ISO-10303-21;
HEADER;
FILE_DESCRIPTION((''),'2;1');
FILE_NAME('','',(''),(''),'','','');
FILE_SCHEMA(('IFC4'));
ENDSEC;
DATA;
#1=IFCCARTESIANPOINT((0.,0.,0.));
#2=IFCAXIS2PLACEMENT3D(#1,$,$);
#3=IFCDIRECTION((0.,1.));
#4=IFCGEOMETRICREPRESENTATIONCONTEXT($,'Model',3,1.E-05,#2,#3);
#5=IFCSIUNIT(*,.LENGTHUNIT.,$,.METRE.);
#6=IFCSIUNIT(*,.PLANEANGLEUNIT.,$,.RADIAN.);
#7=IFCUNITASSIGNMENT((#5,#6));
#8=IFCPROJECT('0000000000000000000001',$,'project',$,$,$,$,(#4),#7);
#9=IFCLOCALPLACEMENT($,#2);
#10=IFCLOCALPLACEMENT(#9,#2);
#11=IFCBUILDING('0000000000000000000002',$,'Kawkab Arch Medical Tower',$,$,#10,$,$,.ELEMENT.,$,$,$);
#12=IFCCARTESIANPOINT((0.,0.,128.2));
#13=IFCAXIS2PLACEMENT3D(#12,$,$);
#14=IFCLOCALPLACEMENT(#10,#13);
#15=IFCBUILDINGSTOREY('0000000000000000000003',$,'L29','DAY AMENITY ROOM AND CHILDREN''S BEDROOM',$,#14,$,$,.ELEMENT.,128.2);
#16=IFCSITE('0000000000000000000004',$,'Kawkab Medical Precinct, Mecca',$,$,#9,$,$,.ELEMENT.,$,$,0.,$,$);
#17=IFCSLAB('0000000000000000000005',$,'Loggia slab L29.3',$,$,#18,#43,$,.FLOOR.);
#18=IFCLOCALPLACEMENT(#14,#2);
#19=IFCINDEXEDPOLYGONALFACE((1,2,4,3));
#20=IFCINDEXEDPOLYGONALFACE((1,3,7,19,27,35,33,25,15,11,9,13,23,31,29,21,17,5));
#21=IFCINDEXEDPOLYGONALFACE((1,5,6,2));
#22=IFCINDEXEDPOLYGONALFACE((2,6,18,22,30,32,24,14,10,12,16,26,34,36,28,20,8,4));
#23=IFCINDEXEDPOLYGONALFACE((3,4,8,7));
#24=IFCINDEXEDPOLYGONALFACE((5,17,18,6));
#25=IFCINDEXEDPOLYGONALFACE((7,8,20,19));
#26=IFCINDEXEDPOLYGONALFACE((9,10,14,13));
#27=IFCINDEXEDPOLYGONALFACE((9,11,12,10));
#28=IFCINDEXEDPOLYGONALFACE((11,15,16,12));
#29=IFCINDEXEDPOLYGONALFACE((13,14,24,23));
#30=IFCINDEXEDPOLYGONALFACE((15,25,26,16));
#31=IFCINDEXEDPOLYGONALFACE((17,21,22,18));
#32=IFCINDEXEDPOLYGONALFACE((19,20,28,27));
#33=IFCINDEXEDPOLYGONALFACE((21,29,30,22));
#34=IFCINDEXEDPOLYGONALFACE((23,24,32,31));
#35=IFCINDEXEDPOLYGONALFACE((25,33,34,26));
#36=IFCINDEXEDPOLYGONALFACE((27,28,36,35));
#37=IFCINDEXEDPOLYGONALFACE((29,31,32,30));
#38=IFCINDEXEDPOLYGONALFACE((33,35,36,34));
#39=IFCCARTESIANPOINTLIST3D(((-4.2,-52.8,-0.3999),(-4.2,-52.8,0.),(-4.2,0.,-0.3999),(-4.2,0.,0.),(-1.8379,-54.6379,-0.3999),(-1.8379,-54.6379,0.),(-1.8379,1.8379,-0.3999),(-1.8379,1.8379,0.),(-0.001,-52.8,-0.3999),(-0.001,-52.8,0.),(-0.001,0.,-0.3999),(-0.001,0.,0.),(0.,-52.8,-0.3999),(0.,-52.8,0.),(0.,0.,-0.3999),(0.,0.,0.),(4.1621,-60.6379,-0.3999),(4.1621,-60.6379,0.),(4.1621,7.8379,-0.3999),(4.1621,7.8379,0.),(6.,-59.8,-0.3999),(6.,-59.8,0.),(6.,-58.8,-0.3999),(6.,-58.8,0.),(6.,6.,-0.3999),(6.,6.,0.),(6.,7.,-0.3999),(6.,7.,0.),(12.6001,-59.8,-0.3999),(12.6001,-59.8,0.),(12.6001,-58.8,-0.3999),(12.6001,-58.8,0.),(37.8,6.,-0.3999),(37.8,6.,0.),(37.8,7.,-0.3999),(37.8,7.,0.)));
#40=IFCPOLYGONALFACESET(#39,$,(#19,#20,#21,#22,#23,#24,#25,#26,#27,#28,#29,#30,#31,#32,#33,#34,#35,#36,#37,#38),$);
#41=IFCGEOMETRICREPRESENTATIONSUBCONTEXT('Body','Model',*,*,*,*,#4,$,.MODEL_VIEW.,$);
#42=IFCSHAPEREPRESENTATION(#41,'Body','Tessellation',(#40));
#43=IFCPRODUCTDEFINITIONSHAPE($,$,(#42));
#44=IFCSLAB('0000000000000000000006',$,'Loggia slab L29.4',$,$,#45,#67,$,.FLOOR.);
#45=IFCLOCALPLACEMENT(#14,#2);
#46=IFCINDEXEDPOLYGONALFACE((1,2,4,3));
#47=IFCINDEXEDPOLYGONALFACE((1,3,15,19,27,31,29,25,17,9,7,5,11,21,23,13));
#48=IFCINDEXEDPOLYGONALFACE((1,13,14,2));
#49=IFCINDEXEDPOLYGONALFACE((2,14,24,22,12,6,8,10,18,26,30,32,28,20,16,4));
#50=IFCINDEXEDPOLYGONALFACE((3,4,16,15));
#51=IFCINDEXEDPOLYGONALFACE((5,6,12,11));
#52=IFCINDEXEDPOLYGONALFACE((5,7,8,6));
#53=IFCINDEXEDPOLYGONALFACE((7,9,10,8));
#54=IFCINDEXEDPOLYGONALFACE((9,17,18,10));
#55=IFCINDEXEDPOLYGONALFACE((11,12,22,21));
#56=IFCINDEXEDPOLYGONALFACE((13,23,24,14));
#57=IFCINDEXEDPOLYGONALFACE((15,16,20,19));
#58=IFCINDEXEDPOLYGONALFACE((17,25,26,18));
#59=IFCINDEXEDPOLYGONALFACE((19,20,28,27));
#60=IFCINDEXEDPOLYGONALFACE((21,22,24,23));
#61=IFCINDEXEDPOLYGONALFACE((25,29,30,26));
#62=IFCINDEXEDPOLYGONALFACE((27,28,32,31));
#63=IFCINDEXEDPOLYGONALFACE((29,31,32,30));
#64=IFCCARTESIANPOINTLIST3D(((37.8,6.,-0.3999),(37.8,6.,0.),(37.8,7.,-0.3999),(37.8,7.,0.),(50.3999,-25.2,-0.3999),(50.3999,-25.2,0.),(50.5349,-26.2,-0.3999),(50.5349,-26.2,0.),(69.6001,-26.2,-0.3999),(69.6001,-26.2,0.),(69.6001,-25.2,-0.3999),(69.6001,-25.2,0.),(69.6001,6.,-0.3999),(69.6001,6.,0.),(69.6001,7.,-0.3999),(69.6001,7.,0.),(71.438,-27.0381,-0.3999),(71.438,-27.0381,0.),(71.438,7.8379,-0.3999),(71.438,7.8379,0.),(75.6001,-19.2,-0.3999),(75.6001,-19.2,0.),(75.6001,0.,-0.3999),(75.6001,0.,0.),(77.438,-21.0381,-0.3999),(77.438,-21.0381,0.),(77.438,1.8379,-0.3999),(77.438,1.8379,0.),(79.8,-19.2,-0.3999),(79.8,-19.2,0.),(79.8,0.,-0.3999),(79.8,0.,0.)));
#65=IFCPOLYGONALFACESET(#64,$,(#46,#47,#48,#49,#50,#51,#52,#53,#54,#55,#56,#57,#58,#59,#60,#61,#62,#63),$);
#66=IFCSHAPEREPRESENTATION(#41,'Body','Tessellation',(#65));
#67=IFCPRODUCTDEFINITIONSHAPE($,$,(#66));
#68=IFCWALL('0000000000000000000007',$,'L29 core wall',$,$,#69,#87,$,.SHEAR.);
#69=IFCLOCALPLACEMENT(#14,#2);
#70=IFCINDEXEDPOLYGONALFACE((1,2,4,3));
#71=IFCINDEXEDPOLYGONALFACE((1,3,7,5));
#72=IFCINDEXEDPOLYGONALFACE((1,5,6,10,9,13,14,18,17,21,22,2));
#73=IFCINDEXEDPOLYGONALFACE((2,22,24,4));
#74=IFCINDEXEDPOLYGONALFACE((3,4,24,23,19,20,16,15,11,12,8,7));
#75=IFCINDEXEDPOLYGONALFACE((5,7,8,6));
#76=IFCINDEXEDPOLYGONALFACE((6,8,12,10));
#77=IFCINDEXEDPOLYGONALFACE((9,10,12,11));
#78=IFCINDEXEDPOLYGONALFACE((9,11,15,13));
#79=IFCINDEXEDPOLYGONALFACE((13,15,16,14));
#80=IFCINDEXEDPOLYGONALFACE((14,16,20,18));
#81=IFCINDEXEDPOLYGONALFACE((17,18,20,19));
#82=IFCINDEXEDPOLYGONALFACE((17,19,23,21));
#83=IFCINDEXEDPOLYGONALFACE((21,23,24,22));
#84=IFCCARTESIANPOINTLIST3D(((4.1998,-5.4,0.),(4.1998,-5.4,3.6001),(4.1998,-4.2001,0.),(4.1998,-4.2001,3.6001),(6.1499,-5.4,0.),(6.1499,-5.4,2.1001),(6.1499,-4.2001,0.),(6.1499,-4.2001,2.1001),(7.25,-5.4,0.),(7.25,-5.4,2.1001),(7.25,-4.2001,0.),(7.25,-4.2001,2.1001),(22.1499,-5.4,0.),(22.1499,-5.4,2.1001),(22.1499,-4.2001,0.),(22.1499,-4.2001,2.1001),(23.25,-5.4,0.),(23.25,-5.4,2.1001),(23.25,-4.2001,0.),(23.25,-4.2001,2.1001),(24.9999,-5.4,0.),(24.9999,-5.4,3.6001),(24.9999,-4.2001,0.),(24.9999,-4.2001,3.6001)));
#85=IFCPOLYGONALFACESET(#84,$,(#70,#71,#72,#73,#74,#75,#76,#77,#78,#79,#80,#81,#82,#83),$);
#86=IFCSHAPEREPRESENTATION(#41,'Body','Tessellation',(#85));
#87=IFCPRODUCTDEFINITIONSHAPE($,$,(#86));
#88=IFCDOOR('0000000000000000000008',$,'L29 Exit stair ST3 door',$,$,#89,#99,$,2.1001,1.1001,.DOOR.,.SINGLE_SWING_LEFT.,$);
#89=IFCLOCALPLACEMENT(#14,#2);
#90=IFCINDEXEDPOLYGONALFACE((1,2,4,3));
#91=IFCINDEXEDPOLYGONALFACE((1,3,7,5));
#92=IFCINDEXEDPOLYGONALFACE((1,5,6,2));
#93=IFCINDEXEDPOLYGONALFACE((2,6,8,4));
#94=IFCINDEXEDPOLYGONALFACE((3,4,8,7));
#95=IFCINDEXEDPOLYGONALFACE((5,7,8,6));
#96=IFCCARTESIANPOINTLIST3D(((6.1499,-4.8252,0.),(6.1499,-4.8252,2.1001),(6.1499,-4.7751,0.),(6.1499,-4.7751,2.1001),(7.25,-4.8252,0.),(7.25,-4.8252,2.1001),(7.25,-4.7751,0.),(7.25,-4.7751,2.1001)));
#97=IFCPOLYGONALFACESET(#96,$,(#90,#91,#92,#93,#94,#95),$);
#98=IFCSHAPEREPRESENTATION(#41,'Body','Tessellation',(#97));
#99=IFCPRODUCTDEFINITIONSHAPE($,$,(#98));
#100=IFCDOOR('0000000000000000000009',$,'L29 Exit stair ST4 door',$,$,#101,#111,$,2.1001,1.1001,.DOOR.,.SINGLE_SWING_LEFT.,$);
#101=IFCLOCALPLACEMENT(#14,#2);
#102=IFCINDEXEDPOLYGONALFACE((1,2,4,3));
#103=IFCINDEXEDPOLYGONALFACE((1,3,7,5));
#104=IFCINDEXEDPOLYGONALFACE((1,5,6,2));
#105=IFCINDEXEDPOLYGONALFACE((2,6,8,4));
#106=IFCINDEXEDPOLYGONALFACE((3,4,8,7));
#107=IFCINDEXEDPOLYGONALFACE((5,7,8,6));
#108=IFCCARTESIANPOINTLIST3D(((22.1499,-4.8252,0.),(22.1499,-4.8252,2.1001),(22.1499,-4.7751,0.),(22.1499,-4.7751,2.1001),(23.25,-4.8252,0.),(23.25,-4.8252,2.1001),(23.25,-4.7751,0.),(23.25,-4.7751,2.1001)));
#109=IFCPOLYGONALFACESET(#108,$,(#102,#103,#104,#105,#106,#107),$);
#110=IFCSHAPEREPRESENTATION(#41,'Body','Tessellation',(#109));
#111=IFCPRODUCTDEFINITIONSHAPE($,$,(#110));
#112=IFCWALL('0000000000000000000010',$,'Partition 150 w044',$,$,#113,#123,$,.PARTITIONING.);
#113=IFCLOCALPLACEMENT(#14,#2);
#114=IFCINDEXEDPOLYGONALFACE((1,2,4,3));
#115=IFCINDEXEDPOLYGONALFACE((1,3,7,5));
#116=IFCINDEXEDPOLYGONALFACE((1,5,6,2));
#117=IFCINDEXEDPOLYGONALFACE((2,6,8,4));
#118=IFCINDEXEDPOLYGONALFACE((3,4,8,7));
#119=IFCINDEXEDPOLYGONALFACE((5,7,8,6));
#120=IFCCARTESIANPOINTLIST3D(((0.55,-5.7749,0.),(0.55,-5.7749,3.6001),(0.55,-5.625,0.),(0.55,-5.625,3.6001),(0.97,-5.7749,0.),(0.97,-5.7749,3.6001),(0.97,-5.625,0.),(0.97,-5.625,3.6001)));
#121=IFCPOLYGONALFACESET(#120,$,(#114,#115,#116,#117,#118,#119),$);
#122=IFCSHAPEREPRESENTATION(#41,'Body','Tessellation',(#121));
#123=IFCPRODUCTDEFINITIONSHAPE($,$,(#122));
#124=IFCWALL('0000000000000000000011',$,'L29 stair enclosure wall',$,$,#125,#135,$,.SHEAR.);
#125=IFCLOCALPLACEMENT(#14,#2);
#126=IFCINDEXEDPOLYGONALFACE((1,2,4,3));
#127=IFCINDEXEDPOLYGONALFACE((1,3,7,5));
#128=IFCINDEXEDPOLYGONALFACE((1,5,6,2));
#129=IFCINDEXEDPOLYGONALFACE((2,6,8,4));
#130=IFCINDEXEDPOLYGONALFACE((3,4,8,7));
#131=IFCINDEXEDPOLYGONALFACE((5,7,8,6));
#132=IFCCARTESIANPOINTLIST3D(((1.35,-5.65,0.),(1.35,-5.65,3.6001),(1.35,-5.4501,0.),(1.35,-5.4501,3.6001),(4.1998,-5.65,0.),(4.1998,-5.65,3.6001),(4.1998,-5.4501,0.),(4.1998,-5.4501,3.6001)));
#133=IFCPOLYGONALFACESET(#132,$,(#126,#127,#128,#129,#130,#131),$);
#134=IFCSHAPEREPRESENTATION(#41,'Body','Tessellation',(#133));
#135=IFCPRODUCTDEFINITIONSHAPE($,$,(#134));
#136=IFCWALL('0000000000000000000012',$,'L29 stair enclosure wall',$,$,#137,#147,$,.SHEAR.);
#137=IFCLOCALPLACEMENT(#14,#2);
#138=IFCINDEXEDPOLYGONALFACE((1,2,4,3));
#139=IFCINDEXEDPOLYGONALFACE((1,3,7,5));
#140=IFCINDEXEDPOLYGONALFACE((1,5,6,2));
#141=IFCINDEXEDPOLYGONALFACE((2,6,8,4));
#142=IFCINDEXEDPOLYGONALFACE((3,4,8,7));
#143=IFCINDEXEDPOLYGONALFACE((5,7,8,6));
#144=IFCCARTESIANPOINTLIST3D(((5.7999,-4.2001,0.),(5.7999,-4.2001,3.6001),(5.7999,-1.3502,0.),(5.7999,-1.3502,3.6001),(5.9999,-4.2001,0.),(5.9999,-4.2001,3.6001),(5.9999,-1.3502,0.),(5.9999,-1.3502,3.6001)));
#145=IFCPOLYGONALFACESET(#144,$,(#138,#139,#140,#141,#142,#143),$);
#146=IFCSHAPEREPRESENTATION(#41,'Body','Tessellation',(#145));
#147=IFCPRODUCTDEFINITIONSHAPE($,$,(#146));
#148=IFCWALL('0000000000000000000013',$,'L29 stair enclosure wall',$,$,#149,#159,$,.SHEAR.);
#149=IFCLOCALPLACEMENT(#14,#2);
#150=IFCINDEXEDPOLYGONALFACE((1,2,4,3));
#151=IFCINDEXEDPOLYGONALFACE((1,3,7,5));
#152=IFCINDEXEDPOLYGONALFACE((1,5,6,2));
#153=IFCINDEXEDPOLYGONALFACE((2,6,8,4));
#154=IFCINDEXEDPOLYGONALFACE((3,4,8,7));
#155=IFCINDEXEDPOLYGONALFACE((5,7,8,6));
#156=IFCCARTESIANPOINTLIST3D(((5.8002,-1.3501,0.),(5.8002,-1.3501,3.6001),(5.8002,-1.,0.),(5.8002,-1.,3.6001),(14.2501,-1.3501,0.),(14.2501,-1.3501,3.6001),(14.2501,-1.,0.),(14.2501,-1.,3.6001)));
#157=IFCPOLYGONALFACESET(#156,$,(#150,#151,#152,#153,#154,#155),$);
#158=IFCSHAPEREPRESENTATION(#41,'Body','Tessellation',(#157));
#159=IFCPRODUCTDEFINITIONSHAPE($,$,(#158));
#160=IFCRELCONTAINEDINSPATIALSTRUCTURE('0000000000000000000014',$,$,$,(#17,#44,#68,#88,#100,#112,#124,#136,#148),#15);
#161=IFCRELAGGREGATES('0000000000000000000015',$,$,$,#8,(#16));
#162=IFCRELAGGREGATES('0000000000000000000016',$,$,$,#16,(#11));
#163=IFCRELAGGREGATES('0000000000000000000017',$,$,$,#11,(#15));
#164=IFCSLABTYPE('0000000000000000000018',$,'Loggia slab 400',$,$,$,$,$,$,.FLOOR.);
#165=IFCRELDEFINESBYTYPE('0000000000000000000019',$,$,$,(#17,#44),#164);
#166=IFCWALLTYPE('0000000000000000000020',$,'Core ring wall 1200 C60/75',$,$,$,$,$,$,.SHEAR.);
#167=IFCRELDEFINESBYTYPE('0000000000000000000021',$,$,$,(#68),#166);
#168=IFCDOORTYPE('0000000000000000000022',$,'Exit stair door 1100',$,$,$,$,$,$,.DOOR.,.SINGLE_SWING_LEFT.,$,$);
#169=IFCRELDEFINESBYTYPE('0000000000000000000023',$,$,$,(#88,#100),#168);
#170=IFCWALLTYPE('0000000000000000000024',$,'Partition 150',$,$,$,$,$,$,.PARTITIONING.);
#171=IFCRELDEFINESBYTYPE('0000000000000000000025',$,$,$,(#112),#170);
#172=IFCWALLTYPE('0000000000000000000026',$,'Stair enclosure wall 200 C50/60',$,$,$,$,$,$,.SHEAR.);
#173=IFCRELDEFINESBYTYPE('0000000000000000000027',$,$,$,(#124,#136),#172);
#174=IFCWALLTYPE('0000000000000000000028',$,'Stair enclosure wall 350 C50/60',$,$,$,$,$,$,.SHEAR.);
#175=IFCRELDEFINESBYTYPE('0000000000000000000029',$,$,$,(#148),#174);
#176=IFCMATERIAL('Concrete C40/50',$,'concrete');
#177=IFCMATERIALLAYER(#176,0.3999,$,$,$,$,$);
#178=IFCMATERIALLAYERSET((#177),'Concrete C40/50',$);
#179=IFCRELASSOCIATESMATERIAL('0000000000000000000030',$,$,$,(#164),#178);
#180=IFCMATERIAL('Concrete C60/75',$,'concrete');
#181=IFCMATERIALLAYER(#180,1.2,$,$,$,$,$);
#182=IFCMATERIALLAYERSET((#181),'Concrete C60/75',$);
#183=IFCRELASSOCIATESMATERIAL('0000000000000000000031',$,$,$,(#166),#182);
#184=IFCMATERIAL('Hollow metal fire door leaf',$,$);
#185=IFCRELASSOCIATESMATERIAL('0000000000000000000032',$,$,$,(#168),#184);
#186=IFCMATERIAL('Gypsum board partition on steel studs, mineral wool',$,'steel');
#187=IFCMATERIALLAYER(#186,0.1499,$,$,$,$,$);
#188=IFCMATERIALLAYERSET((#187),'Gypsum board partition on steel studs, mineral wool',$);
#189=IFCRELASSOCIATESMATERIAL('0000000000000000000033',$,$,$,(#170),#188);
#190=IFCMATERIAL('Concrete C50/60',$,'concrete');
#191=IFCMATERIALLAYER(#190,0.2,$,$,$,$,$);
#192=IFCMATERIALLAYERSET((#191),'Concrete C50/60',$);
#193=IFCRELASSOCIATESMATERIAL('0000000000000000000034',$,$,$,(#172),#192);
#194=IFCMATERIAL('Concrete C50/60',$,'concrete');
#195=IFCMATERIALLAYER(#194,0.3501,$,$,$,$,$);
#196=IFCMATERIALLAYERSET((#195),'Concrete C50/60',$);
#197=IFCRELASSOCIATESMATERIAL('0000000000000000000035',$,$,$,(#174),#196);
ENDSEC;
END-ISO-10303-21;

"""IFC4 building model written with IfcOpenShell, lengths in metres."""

from ifc_helpers import new_model, si_unit, direction, frame, frame_2d, origin, place, context, subcontext, project, spatial, polyline, rectangle, outline, extrude, material, layer, layer_set, type_object, element, fill, save


model = new_model("IFC4")

# Units and contexts
model_context = context("Model", 3, precision=1e-05, world=origin(), true_north=direction((0.0, 1.0)))
body_context = subcontext(model_context, "Body", "Model", "MODEL_VIEW")
ifc_project = project(units=[si_unit("LENGTHUNIT", "METRE"), si_unit("PLANEANGLEUNIT", "RADIAN")], contexts=[model_context])

# Site, building, storey
site_placement = place(None, origin())
site = spatial("IfcSite", under=ifc_project, at=site_placement, Name="Kawkab Medical Precinct, Mecca", CompositionType="ELEMENT", RefElevation=0.0)
building_placement = place(site_placement, origin())
building = spatial("IfcBuilding", under=site, at=building_placement, Name="Kawkab Arch Medical Tower", CompositionType="ELEMENT")
storey_placement = place(building_placement, frame((0.0, 0.0, 128.2)))
storey = spatial("IfcBuildingStorey", under=building, at=storey_placement, Name="L29", Description="DAY AMENITY ROOM AND CHILDREN'S BEDROOM", CompositionType="ELEMENT", Elevation=128.2)

# Slabs
ifc_material_1 = material(Name="Concrete C40/50", Category="concrete")
ifc_layer_1 = layer(ifc_material_1, 0.3999)
ifc_layer_set_1 = layer_set([ifc_layer_1], Name="Concrete C40/50")
slab_type_1 = type_object("IfcSlabType", Name="Loggia slab 400", PredefinedType="FLOOR", material=ifc_layer_set_1)
placement_1 = place(storey_placement, frame((0.0, 0.0, -0.3999)))
element("IfcSlab", 1, at=placement_1, inside=storey, type_object=slab_type_1, Name="Loggia slab L29.3", PredefinedType="FLOOR", context=body_context, shape_type="SweptSolid", body=[
    extrude(outline(polyline([(-4.2, 0.0), (-1.8379, 1.8379), (4.1621, 7.8379), (6.0, 7.0), (37.8, 7.0), (37.8, 6.0), (6.0, 6.0), (0.0, 0.0), (-0.001, 0.0), (-0.001, -52.8), (0.0, -52.8), (6.0, -58.8), (12.6001, -58.8), (12.6001, -59.8), (6.0, -59.8), (4.1621, -60.6379), (-1.8379, -54.6379), (-4.2, -52.8), (-4.2, 0.0)])), origin(), (0.0, 0.0, 1.0), 0.3999),
])
element("IfcSlab", 2, at=placement_1, inside=storey, type_object=slab_type_1, Name="Loggia slab L29.4", PredefinedType="FLOOR", context=body_context, shape_type="SweptSolid", body=[
    extrude(outline(polyline([(37.8, 7.0), (69.6001, 7.0), (71.438, 7.8379), (77.438, 1.8379), (79.8, 0.0), (79.8, -19.2), (77.438, -21.0381), (71.438, -27.0381), (69.6001, -26.2), (50.5349, -26.2), (50.3999, -25.2), (69.6001, -25.2), (75.6001, -19.2), (75.6001, 0.0), (69.6001, 6.0), (37.8, 6.0), (37.8, 7.0)])), origin(), (0.0, 0.0, 1.0), 0.3999),
])

# Wall, openings, doors
ifc_material_2 = material(Name="Concrete C60/75", Category="concrete")
ifc_layer_2 = layer(ifc_material_2, 1.2)
ifc_layer_set_2 = layer_set([ifc_layer_2], Name="Concrete C60/75")
wall_type_1 = type_object("IfcWallType", Name="Core ring wall 1200 C60/75", PredefinedType="SHEAR", material=ifc_layer_set_2)
wall_1_placement = place(storey_placement, frame((4.2, -4.8, 0.0), z_axis=(0.0, 0.0, 1.0), x_axis=(1.0, 0.0, 0.0)))
wall_1 = element("IfcWall", 3, at=wall_1_placement, inside=storey, type_object=wall_type_1, Name="L29 core wall", PredefinedType="SHEAR", context=body_context, shape_type="SweptSolid", body=[
    extrude(rectangle(XDim=20.8, YDim=1.2, at=frame_2d((10.3999, 0.0))), origin(), (0.0, 0.0, 1.0), 3.6001),
])
opening_1_placement = place(wall_1_placement, frame((1.95, 0.0, 0.0)))
opening_1 = element("IfcOpeningElement", 4, at=opening_1_placement, cuts=wall_1, PredefinedType="OPENING", context=body_context, shape_type="SweptSolid", body=[
    extrude(rectangle(XDim=1.1001, YDim=2.1001, at=frame_2d((0.55, 1.05))), frame((0.0, 0.6099, 0.0), z_axis=(0.0, -1.0, 0.0), x_axis=(1.0, 0.0, 0.0)), (0.0, 0.0, 1.0), 1.22),
])
opening_2_placement = place(wall_1_placement, frame((17.95, 0.0, 0.0)))
opening_2 = element("IfcOpeningElement", 5, at=opening_2_placement, cuts=wall_1, PredefinedType="OPENING", context=body_context, shape_type="SweptSolid", body=[
    extrude(rectangle(XDim=1.1001, YDim=2.1001, at=frame_2d((0.55, 1.05))), frame((0.0, 0.6099, 0.0), z_axis=(0.0, -1.0, 0.0), x_axis=(1.0, 0.0, 0.0)), (0.0, 0.0, 1.0), 1.22),
])
ifc_material_3 = material(Name="Hollow metal fire door leaf")
door_type = type_object("IfcDoorType", Name="Exit stair door 1100", OperationType="SINGLE_SWING_LEFT", PredefinedType="DOOR", material=ifc_material_3)
door_1_placement = place(opening_1_placement, origin())
door_1 = element("IfcDoor", 6, at=door_1_placement, inside=storey, type_object=door_type, Name="L29 Exit stair ST3 door", OperationType="SINGLE_SWING_LEFT", OverallHeight=2.1001, OverallWidth=1.1001, PredefinedType="DOOR", context=body_context, shape_type="SweptSolid", body=[
    extrude(rectangle(XDim=1.1001, YDim=2.1001, at=frame_2d((0.55, 1.05))), frame((0.0, 0.0249, 0.0), z_axis=(0.0, -1.0, 0.0), x_axis=(1.0, 0.0, 0.0)), (0.0, 0.0, 1.0), 0.05),
])
fill(opening_1, door_1)
door_2_placement = place(opening_2_placement, origin())
door_2 = element("IfcDoor", 7, at=door_2_placement, inside=storey, type_object=door_type, Name="L29 Exit stair ST4 door", OperationType="SINGLE_SWING_LEFT", OverallHeight=2.1001, OverallWidth=1.1001, PredefinedType="DOOR", context=body_context, shape_type="SweptSolid", body=[
    extrude(rectangle(XDim=1.1001, YDim=2.1001, at=frame_2d((0.55, 1.05))), frame((0.0, 0.0249, 0.0), z_axis=(0.0, -1.0, 0.0), x_axis=(1.0, 0.0, 0.0)), (0.0, 0.0, 1.0), 0.05),
])
fill(opening_2, door_2)

# Walls
ifc_material_4 = material(Name="Gypsum board partition on steel studs, mineral wool", Category="steel")
ifc_layer_3 = layer(ifc_material_4, 0.1499)
ifc_layer_set_3 = layer_set([ifc_layer_3], Name="Gypsum board partition on steel studs, mineral wool")
wall_type_2 = type_object("IfcWallType", Name="Partition 150", PredefinedType="PARTITIONING", material=ifc_layer_set_3)
wall_2_placement = place(storey_placement, frame((0.55, -5.7, 0.0), z_axis=(0.0, 0.0, 1.0), x_axis=(1.0, 0.0, 0.0)))
element("IfcWall", 8, at=wall_2_placement, inside=storey, type_object=wall_type_2, Name="Partition 150 w044", PredefinedType="PARTITIONING", context=body_context, shape_type="SweptSolid", body=[
    extrude(rectangle(XDim=0.4199, YDim=0.1499, at=frame_2d((0.21, 0.0))), origin(), (0.0, 0.0, 1.0), 3.6001),
])
ifc_material_5 = material(Name="Concrete C50/60", Category="concrete")
ifc_layer_4 = layer(ifc_material_5, 0.2)
ifc_layer_set_4 = layer_set([ifc_layer_4], Name="Concrete C50/60")
wall_type_3 = type_object("IfcWallType", Name="Stair enclosure wall 200 C50/60", PredefinedType="SHEAR", material=ifc_layer_set_4)
for number, where, z_axis, x_axis, name in (
    (9, (1.3501, -5.55, 0.0), (0.0, 0.0, 1.0), (1.0, 0.0, 0.0), "L29 stair enclosure wall"),
    (10, (5.8999, -4.2, 0.0), (0.0, 0.0, 1.0), (0.0, 1.0, 0.0), "L29 stair enclosure wall"),
):
    element("IfcWall", number, at=place(storey_placement, frame(where, z_axis=z_axis, x_axis=x_axis)), inside=storey, type_object=wall_type_3, Name=name, PredefinedType="SHEAR", context=body_context, shape_type="SweptSolid", body=[
        extrude(rectangle(XDim=2.8499, YDim=0.2, at=frame_2d((1.4248, 0.0))), origin(), (0.0, 0.0, 1.0), 3.6001),
    ])
ifc_material_6 = material(Name="Concrete C50/60", Category="concrete")
ifc_layer_5 = layer(ifc_material_6, 0.3501)
ifc_layer_set_5 = layer_set([ifc_layer_5], Name="Concrete C50/60")
wall_type_4 = type_object("IfcWallType", Name="Stair enclosure wall 350 C50/60", PredefinedType="SHEAR", material=ifc_layer_set_5)
wall_3_placement = place(storey_placement, frame((5.8, -1.175, 0.0), z_axis=(0.0, 0.0, 1.0), x_axis=(1.0, 0.0, 0.0)))
element("IfcWall", 11, at=wall_3_placement, inside=storey, type_object=wall_type_4, Name="L29 stair enclosure wall", PredefinedType="SHEAR", context=body_context, shape_type="SweptSolid", body=[
    extrude(rectangle(XDim=8.45, YDim=0.3501, at=frame_2d((4.2251, 0.0))), origin(), (0.0, 0.0, 1.0), 3.6001),
])

save(model, "model.ifc")
